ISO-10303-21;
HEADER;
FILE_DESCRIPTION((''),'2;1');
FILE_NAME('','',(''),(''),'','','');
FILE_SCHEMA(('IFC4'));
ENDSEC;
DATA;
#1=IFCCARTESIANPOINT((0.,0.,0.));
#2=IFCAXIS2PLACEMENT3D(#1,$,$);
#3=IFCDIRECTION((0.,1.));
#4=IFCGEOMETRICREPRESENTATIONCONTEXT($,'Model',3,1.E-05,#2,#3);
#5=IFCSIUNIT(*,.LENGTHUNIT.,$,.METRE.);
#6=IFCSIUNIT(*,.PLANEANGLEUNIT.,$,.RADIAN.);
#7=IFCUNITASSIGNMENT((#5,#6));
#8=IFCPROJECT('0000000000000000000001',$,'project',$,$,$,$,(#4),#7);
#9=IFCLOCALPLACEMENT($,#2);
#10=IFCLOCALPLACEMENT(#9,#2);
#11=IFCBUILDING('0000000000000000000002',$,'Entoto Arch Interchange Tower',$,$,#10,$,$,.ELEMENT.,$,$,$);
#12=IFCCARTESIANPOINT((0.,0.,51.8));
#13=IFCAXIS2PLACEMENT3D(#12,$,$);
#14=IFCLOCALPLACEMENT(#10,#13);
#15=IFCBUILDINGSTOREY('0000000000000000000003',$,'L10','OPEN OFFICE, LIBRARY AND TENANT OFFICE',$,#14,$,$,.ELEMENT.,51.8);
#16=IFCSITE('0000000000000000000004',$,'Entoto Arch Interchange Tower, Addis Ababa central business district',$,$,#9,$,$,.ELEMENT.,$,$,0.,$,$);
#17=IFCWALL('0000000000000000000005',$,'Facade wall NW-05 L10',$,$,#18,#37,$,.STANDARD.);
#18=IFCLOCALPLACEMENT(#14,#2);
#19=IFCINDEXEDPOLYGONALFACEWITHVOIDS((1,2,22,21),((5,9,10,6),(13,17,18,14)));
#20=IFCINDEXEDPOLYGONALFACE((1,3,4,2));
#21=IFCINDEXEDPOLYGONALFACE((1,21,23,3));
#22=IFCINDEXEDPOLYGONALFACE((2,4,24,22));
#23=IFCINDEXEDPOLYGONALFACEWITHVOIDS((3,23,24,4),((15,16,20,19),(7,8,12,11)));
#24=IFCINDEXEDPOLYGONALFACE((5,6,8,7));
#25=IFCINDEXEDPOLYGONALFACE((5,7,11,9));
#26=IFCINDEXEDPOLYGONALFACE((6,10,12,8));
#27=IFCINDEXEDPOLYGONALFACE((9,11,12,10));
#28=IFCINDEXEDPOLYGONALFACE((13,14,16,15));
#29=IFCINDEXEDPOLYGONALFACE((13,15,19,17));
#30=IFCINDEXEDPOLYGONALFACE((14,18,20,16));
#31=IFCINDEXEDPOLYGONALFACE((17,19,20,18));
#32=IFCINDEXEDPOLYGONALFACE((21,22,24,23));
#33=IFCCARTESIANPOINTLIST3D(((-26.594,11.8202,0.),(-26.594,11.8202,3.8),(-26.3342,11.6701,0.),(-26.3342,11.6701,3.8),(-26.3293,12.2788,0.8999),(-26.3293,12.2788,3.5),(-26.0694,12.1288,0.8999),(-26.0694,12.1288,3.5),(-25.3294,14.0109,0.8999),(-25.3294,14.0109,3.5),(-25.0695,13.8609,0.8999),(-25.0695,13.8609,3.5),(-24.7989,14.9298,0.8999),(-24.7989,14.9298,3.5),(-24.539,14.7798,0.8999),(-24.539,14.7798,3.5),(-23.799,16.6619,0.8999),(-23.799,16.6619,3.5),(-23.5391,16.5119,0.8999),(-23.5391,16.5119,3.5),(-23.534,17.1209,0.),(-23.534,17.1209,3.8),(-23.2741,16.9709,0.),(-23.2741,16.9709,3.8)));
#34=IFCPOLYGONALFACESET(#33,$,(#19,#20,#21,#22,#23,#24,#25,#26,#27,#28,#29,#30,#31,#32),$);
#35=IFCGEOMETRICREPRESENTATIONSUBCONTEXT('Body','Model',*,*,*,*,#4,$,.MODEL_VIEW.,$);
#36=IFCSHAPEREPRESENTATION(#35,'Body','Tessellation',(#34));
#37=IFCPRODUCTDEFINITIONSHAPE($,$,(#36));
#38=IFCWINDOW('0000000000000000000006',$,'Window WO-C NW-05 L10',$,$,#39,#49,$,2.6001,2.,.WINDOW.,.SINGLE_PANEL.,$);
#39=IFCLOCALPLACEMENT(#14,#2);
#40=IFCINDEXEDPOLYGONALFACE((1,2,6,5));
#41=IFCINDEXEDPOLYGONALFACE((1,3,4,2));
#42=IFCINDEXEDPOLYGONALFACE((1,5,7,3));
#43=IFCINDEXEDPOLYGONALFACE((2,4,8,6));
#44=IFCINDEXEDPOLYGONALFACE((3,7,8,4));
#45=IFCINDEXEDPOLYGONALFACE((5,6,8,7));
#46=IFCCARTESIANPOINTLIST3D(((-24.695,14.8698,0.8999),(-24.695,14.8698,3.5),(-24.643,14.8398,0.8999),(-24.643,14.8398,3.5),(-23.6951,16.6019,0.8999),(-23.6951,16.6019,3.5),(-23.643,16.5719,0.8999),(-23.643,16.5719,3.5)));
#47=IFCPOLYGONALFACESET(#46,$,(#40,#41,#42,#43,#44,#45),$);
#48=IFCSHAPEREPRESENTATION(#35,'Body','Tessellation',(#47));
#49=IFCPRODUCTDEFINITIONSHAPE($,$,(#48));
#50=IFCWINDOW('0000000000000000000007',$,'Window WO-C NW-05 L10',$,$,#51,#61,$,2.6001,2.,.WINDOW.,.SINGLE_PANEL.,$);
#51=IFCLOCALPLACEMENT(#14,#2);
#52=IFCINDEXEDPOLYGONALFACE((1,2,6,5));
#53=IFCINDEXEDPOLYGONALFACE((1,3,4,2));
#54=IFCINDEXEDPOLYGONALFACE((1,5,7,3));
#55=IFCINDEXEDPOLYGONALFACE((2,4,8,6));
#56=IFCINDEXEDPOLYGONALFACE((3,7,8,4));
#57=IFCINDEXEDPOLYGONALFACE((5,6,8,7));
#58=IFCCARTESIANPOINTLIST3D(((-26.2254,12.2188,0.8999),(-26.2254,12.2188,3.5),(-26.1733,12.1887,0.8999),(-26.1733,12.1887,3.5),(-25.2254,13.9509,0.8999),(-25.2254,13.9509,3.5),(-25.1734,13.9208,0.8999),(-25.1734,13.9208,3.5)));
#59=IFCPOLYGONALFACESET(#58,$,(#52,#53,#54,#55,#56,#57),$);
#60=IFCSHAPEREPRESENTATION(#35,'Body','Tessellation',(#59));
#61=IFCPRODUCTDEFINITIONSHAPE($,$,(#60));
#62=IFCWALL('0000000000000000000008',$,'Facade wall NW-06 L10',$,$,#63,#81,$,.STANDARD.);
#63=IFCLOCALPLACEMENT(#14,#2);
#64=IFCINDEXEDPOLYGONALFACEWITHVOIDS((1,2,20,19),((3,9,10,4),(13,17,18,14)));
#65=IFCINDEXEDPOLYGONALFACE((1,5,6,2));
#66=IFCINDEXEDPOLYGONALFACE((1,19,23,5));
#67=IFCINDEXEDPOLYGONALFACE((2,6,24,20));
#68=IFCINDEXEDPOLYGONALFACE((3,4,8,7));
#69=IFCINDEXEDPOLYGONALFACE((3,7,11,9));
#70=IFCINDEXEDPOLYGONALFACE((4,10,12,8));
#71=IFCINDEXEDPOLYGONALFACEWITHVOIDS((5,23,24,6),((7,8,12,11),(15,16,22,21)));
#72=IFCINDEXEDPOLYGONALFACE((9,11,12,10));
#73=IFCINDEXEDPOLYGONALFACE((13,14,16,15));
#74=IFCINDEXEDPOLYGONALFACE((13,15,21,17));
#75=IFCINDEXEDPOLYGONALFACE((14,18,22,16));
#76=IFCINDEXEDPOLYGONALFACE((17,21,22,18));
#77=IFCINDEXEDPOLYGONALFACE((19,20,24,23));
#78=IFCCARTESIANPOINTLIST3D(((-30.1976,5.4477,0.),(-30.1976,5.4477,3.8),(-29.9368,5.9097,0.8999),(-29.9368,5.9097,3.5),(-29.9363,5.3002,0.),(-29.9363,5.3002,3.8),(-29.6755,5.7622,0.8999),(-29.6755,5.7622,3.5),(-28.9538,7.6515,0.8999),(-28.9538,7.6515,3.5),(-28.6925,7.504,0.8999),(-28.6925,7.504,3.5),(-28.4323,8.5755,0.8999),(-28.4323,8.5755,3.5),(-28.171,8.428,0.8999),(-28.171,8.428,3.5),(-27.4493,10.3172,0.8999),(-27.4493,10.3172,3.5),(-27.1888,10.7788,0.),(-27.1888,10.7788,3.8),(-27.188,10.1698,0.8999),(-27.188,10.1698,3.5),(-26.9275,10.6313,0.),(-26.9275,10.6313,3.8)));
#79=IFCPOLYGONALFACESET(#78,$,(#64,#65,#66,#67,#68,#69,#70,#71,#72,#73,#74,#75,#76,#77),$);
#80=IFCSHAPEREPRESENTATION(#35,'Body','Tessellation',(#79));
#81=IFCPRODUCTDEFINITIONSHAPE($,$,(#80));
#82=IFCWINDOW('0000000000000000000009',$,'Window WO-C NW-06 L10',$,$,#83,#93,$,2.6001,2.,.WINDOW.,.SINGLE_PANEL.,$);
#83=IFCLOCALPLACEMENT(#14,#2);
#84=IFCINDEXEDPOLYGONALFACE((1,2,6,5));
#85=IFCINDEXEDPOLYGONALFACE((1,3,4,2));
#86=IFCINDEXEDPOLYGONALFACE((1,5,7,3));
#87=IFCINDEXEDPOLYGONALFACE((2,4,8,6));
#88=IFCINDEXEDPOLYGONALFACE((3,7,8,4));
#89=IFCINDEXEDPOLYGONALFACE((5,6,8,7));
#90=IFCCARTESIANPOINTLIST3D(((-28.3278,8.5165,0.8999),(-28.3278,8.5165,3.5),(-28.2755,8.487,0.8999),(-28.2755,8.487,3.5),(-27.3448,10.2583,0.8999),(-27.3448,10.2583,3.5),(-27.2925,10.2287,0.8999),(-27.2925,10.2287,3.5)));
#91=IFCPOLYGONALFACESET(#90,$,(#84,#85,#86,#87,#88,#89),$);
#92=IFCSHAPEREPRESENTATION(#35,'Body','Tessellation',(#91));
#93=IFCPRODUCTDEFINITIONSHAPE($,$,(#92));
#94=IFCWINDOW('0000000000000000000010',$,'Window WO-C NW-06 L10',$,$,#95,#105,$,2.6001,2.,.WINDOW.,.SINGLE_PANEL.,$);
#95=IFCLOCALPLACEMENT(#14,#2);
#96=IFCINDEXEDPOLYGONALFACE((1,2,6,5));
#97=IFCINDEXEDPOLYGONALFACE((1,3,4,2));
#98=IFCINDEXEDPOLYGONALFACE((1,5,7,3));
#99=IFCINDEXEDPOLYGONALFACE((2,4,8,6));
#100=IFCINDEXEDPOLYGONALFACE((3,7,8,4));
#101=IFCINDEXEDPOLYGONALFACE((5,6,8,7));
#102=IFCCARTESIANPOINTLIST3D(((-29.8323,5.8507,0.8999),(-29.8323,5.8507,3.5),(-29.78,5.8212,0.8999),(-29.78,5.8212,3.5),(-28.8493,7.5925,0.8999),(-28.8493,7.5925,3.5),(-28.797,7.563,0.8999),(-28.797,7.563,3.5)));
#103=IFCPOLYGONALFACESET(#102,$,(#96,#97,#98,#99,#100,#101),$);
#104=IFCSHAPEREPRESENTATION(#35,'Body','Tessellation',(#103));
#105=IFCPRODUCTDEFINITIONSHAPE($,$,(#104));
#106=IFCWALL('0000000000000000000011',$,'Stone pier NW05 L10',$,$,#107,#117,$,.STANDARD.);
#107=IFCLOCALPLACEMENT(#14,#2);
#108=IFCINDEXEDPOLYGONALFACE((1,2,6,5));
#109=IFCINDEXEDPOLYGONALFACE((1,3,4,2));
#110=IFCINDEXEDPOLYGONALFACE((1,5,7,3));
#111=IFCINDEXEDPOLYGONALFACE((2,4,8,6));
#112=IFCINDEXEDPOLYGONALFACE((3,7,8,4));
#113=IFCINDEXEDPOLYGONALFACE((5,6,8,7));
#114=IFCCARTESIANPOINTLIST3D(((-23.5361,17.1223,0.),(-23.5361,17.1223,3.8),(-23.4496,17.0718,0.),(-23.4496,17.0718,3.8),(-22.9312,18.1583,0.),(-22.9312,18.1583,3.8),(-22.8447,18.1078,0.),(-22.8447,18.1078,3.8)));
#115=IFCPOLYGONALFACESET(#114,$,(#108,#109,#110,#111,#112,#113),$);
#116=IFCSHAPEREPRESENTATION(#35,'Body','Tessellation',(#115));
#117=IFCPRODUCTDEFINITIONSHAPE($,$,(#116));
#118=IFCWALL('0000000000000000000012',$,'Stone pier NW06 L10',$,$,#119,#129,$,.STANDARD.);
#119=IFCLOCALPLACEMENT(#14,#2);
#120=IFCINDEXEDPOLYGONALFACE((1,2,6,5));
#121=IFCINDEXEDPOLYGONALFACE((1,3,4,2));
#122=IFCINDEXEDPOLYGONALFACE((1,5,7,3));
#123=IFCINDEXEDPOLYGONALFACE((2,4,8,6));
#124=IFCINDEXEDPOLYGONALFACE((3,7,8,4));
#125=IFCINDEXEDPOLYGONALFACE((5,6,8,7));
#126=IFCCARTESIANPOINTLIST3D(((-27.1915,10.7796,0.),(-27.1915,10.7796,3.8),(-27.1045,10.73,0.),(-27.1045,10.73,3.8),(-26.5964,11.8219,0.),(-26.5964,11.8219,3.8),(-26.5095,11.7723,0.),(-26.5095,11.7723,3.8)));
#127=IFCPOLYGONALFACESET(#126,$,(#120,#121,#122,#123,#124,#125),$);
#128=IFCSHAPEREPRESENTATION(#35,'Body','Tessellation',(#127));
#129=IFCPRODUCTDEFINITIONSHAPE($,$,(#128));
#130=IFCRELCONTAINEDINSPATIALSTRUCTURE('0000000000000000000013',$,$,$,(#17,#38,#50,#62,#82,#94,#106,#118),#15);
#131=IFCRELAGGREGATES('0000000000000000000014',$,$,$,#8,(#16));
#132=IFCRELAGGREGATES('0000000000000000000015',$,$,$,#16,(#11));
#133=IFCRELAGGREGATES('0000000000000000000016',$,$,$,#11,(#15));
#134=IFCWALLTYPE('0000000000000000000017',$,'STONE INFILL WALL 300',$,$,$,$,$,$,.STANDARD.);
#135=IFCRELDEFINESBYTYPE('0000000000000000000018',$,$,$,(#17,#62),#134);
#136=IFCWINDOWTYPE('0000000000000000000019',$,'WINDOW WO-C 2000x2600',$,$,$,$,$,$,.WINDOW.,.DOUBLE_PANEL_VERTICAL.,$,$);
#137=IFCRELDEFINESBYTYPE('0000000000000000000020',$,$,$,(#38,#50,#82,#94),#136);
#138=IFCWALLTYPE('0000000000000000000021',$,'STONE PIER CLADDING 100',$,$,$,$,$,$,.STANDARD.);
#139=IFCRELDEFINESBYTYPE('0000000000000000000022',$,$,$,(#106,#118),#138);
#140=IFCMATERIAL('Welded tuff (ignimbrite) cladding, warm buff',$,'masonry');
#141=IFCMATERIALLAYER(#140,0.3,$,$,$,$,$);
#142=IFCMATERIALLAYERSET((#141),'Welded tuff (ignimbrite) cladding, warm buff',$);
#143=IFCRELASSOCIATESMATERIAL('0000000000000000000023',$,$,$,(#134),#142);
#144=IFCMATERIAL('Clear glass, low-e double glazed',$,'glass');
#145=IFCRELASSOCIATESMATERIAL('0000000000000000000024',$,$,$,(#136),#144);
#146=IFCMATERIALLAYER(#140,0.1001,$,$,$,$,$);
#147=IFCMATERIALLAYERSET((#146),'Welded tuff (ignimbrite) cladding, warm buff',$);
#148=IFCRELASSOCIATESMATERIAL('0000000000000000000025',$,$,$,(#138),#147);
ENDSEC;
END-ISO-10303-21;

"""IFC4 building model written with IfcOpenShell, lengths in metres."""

from ifc_helpers import new_model, si_unit, direction, frame, frame_2d, origin, place, context, subcontext, project, spatial, rectangle, extrude, material, layer, layer_set, type_object, element, fill, save


model = new_model("IFC4")

# Units and contexts
model_context = context("Model", 3, precision=1e-05, world=origin(), true_north=direction((0.0, 1.0)))
body_context = subcontext(model_context, "Body", "Model", "MODEL_VIEW")
ifc_project = project(units=[si_unit("LENGTHUNIT", "METRE"), si_unit("PLANEANGLEUNIT", "RADIAN")], contexts=[model_context])

# Site, building, storey
site_placement = place(None, origin())
site = spatial("IfcSite", under=ifc_project, at=site_placement, Name="Entoto Arch Interchange Tower, Addis Ababa central business district", CompositionType="ELEMENT", RefElevation=0.0)
building_placement = place(site_placement, origin())
building = spatial("IfcBuilding", under=site, at=building_placement, Name="Entoto Arch Interchange Tower", CompositionType="ELEMENT")
storey_placement = place(building_placement, frame((0.0, 0.0, 51.8)))
storey = spatial("IfcBuildingStorey", under=building, at=storey_placement, Name="L10", Description="OPEN OFFICE, LIBRARY AND TENANT OFFICE", CompositionType="ELEMENT", Elevation=51.8)

# Walls, openings, windows
ifc_material_1 = material(Name="Welded tuff (ignimbrite) cladding, warm buff", Category="masonry")
ifc_layer_1 = layer(ifc_material_1, 0.3)
ifc_layer_set_1 = layer_set([ifc_layer_1], Name="Welded tuff (ignimbrite) cladding, warm buff")
wall_type_1 = type_object("IfcWallType", Name="STONE INFILL WALL 300", PredefinedType="STANDARD", material=ifc_layer_set_1)
ifc_material_2 = material(Name="Clear glass, low-e double glazed", Category="glass")
window_type = type_object("IfcWindowType", Name="WINDOW WO-C 2000x2600", PartitioningType="DOUBLE_PANEL_VERTICAL", PredefinedType="WINDOW", material=ifc_material_2)
wall_1_placement = place(storey_placement, frame((-23.4041, 17.0459, 0.0), z_axis=(0.0, 0.0, 1.0), x_axis=(-0.499957, -0.86605, 0.0)))
wall_1 = element("IfcWall", 1, at=wall_1_placement, inside=storey, type_object=wall_type_1, Name="Facade wall NW-05 L10", PredefinedType="STANDARD", context=body_context, shape_type="SweptSolid", body=[
    extrude(rectangle(XDim=6.1206, YDim=0.3, at=frame_2d((3.0603, 0.0))), origin(), (0.0, 0.0, 1.0), 3.8),
])
opening_1_placement = place(wall_1_placement, frame((0.53, 0.0, 0.8999)))
opening_1 = element("IfcOpeningElement", 2, at=opening_1_placement, cuts=wall_1, PredefinedType="OPENING", context=body_context, shape_type="SweptSolid", body=[
    extrude(rectangle(XDim=2.0, YDim=2.6001, at=frame_2d((1.0, 1.3))), frame((0.0, 0.1602, 0.0), z_axis=(0.0, -1.0, 0.0), x_axis=(1.0, 0.0, 0.0)), (0.0, 0.0, 1.0), 0.3201),
])
opening_2_placement = place(wall_1_placement, frame((3.5911, 0.0, 0.8999)))
opening_2 = element("IfcOpeningElement", 3, at=opening_2_placement, cuts=wall_1, PredefinedType="OPENING", context=body_context, shape_type="SweptSolid", body=[
    extrude(rectangle(XDim=2.0, YDim=2.6001, at=frame_2d((1.0, 1.3))), frame((0.0, 0.1602, 0.0), z_axis=(0.0, -1.0, 0.0), x_axis=(1.0, 0.0, 0.0)), (0.0, 0.0, 1.0), 0.3201),
])
window_1_placement = place(opening_1_placement, origin())
window_1 = element("IfcWindow", 4, at=window_1_placement, inside=storey, type_object=window_type, Name="Window WO-C NW-05 L10", OverallHeight=2.6001, OverallWidth=2.0, PartitioningType="SINGLE_PANEL", PredefinedType="WINDOW", context=body_context, shape_type="SweptSolid", body=[
    extrude(rectangle(XDim=2.0, YDim=2.6001, at=frame_2d((1.0, 1.3))), frame((0.0, 0.03, 0.0), z_axis=(0.0, -1.0, 0.0), x_axis=(1.0, 0.0, 0.0)), (0.0, 0.0, 1.0), 0.0601),
])
fill(opening_1, window_1)
window_2_placement = place(opening_2_placement, origin())
window_2 = element("IfcWindow", 5, at=window_2_placement, inside=storey, type_object=window_type, Name="Window WO-C NW-05 L10", OverallHeight=2.6001, OverallWidth=2.0, PartitioningType="SINGLE_PANEL", PredefinedType="WINDOW", context=body_context, shape_type="SweptSolid", body=[
    extrude(rectangle(XDim=2.0, YDim=2.6001, at=frame_2d((1.0, 1.3))), frame((0.0, 0.03, 0.0), z_axis=(0.0, -1.0, 0.0), x_axis=(1.0, 0.0, 0.0)), (0.0, 0.0, 1.0), 0.0601),
])
fill(opening_2, window_2)
wall_2_placement = place(storey_placement, frame((-27.0581, 10.7051, 0.0), z_axis=(0.0, 0.0, 1.0), x_axis=(-0.49151, -0.870872, 0.0)))
wall_2 = element("IfcWall", 6, at=wall_2_placement, inside=storey, type_object=wall_type_1, Name="Facade wall NW-06 L10", PredefinedType="STANDARD", context=body_context, shape_type="SweptSolid", body=[
    extrude(rectangle(XDim=6.1216, YDim=0.3, at=frame_2d((3.0608, 0.0))), origin(), (0.0, 0.0, 1.0), 3.8),
])
opening_3_placement = place(wall_2_placement, frame((0.53, 0.0, 0.8999)))
opening_3 = element("IfcOpeningElement", 7, at=opening_3_placement, cuts=wall_2, PredefinedType="OPENING", context=body_context, shape_type="SweptSolid", body=[
    extrude(rectangle(XDim=2.0, YDim=2.6001, at=frame_2d((1.0, 1.3))), frame((0.0, 0.1602, 0.0), z_axis=(0.0, -1.0, 0.0), x_axis=(1.0, 0.0, 0.0)), (0.0, 0.0, 1.0), 0.3201),
])
opening_4_placement = place(wall_2_placement, frame((3.5911, 0.0, 0.8999)))
opening_4 = element("IfcOpeningElement", 8, at=opening_4_placement, cuts=wall_2, PredefinedType="OPENING", context=body_context, shape_type="SweptSolid", body=[
    extrude(rectangle(XDim=2.0, YDim=2.6001, at=frame_2d((1.0, 1.3))), frame((0.0, 0.1602, 0.0), z_axis=(0.0, -1.0, 0.0), x_axis=(1.0, 0.0, 0.0)), (0.0, 0.0, 1.0), 0.3201),
])
window_3_placement = place(opening_3_placement, origin())
window_3 = element("IfcWindow", 9, at=window_3_placement, inside=storey, type_object=window_type, Name="Window WO-C NW-06 L10", OverallHeight=2.6001, OverallWidth=2.0, PartitioningType="SINGLE_PANEL", PredefinedType="WINDOW", context=body_context, shape_type="SweptSolid", body=[
    extrude(rectangle(XDim=2.0, YDim=2.6001, at=frame_2d((1.0, 1.3))), frame((0.0, 0.03, 0.0), z_axis=(0.0, -1.0, 0.0), x_axis=(1.0, 0.0, 0.0)), (0.0, 0.0, 1.0), 0.0601),
])
fill(opening_3, window_3)
window_4_placement = place(opening_4_placement, origin())
window_4 = element("IfcWindow", 10, at=window_4_placement, inside=storey, type_object=window_type, Name="Window WO-C NW-06 L10", OverallHeight=2.6001, OverallWidth=2.0, PartitioningType="SINGLE_PANEL", PredefinedType="WINDOW", context=body_context, shape_type="SweptSolid", body=[
    extrude(rectangle(XDim=2.0, YDim=2.6001, at=frame_2d((1.0, 1.3))), frame((0.0, 0.03, 0.0), z_axis=(0.0, -1.0, 0.0), x_axis=(1.0, 0.0, 0.0)), (0.0, 0.0, 1.0), 0.0601),
])
fill(opening_4, window_4)

# Walls
ifc_layer_2 = layer(ifc_material_1, 0.1001)
ifc_layer_set_2 = layer_set([ifc_layer_2], Name="Welded tuff (ignimbrite) cladding, warm buff")
wall_type_2 = type_object("IfcWallType", Name="STONE PIER CLADDING 100", PredefinedType="STANDARD", material=ifc_layer_set_2)
wall_3_placement = place(storey_placement, frame((-22.8879, 18.1331, 0.0), z_axis=(0.0, 0.0, 1.0), x_axis=(-0.504225, -0.863572, 0.0)))
element("IfcWall", 11, at=wall_3_placement, inside=storey, type_object=wall_type_2, Name="Stone pier NW05 L10", PredefinedType="STANDARD", context=body_context, shape_type="SweptSolid", body=[
    extrude(rectangle(XDim=1.1997, YDim=0.1001, at=frame_2d((0.5999, 0.0))), origin(), (0.0, 0.0, 1.0), 3.8),
])
wall_4_placement = place(storey_placement, frame((-26.553, 11.7971, 0.0), z_axis=(0.0, 0.0, 1.0), x_axis=(-0.495766, -0.868456, 0.0)))
element("IfcWall", 12, at=wall_4_placement, inside=storey, type_object=wall_type_2, Name="Stone pier NW06 L10", PredefinedType="STANDARD", context=body_context, shape_type="SweptSolid", body=[
    extrude(rectangle(XDim=1.2002, YDim=0.1001, at=frame_2d((0.6001, 0.0))), origin(), (0.0, 0.0, 1.0), 3.8),
])

save(model, "model.ifc")
